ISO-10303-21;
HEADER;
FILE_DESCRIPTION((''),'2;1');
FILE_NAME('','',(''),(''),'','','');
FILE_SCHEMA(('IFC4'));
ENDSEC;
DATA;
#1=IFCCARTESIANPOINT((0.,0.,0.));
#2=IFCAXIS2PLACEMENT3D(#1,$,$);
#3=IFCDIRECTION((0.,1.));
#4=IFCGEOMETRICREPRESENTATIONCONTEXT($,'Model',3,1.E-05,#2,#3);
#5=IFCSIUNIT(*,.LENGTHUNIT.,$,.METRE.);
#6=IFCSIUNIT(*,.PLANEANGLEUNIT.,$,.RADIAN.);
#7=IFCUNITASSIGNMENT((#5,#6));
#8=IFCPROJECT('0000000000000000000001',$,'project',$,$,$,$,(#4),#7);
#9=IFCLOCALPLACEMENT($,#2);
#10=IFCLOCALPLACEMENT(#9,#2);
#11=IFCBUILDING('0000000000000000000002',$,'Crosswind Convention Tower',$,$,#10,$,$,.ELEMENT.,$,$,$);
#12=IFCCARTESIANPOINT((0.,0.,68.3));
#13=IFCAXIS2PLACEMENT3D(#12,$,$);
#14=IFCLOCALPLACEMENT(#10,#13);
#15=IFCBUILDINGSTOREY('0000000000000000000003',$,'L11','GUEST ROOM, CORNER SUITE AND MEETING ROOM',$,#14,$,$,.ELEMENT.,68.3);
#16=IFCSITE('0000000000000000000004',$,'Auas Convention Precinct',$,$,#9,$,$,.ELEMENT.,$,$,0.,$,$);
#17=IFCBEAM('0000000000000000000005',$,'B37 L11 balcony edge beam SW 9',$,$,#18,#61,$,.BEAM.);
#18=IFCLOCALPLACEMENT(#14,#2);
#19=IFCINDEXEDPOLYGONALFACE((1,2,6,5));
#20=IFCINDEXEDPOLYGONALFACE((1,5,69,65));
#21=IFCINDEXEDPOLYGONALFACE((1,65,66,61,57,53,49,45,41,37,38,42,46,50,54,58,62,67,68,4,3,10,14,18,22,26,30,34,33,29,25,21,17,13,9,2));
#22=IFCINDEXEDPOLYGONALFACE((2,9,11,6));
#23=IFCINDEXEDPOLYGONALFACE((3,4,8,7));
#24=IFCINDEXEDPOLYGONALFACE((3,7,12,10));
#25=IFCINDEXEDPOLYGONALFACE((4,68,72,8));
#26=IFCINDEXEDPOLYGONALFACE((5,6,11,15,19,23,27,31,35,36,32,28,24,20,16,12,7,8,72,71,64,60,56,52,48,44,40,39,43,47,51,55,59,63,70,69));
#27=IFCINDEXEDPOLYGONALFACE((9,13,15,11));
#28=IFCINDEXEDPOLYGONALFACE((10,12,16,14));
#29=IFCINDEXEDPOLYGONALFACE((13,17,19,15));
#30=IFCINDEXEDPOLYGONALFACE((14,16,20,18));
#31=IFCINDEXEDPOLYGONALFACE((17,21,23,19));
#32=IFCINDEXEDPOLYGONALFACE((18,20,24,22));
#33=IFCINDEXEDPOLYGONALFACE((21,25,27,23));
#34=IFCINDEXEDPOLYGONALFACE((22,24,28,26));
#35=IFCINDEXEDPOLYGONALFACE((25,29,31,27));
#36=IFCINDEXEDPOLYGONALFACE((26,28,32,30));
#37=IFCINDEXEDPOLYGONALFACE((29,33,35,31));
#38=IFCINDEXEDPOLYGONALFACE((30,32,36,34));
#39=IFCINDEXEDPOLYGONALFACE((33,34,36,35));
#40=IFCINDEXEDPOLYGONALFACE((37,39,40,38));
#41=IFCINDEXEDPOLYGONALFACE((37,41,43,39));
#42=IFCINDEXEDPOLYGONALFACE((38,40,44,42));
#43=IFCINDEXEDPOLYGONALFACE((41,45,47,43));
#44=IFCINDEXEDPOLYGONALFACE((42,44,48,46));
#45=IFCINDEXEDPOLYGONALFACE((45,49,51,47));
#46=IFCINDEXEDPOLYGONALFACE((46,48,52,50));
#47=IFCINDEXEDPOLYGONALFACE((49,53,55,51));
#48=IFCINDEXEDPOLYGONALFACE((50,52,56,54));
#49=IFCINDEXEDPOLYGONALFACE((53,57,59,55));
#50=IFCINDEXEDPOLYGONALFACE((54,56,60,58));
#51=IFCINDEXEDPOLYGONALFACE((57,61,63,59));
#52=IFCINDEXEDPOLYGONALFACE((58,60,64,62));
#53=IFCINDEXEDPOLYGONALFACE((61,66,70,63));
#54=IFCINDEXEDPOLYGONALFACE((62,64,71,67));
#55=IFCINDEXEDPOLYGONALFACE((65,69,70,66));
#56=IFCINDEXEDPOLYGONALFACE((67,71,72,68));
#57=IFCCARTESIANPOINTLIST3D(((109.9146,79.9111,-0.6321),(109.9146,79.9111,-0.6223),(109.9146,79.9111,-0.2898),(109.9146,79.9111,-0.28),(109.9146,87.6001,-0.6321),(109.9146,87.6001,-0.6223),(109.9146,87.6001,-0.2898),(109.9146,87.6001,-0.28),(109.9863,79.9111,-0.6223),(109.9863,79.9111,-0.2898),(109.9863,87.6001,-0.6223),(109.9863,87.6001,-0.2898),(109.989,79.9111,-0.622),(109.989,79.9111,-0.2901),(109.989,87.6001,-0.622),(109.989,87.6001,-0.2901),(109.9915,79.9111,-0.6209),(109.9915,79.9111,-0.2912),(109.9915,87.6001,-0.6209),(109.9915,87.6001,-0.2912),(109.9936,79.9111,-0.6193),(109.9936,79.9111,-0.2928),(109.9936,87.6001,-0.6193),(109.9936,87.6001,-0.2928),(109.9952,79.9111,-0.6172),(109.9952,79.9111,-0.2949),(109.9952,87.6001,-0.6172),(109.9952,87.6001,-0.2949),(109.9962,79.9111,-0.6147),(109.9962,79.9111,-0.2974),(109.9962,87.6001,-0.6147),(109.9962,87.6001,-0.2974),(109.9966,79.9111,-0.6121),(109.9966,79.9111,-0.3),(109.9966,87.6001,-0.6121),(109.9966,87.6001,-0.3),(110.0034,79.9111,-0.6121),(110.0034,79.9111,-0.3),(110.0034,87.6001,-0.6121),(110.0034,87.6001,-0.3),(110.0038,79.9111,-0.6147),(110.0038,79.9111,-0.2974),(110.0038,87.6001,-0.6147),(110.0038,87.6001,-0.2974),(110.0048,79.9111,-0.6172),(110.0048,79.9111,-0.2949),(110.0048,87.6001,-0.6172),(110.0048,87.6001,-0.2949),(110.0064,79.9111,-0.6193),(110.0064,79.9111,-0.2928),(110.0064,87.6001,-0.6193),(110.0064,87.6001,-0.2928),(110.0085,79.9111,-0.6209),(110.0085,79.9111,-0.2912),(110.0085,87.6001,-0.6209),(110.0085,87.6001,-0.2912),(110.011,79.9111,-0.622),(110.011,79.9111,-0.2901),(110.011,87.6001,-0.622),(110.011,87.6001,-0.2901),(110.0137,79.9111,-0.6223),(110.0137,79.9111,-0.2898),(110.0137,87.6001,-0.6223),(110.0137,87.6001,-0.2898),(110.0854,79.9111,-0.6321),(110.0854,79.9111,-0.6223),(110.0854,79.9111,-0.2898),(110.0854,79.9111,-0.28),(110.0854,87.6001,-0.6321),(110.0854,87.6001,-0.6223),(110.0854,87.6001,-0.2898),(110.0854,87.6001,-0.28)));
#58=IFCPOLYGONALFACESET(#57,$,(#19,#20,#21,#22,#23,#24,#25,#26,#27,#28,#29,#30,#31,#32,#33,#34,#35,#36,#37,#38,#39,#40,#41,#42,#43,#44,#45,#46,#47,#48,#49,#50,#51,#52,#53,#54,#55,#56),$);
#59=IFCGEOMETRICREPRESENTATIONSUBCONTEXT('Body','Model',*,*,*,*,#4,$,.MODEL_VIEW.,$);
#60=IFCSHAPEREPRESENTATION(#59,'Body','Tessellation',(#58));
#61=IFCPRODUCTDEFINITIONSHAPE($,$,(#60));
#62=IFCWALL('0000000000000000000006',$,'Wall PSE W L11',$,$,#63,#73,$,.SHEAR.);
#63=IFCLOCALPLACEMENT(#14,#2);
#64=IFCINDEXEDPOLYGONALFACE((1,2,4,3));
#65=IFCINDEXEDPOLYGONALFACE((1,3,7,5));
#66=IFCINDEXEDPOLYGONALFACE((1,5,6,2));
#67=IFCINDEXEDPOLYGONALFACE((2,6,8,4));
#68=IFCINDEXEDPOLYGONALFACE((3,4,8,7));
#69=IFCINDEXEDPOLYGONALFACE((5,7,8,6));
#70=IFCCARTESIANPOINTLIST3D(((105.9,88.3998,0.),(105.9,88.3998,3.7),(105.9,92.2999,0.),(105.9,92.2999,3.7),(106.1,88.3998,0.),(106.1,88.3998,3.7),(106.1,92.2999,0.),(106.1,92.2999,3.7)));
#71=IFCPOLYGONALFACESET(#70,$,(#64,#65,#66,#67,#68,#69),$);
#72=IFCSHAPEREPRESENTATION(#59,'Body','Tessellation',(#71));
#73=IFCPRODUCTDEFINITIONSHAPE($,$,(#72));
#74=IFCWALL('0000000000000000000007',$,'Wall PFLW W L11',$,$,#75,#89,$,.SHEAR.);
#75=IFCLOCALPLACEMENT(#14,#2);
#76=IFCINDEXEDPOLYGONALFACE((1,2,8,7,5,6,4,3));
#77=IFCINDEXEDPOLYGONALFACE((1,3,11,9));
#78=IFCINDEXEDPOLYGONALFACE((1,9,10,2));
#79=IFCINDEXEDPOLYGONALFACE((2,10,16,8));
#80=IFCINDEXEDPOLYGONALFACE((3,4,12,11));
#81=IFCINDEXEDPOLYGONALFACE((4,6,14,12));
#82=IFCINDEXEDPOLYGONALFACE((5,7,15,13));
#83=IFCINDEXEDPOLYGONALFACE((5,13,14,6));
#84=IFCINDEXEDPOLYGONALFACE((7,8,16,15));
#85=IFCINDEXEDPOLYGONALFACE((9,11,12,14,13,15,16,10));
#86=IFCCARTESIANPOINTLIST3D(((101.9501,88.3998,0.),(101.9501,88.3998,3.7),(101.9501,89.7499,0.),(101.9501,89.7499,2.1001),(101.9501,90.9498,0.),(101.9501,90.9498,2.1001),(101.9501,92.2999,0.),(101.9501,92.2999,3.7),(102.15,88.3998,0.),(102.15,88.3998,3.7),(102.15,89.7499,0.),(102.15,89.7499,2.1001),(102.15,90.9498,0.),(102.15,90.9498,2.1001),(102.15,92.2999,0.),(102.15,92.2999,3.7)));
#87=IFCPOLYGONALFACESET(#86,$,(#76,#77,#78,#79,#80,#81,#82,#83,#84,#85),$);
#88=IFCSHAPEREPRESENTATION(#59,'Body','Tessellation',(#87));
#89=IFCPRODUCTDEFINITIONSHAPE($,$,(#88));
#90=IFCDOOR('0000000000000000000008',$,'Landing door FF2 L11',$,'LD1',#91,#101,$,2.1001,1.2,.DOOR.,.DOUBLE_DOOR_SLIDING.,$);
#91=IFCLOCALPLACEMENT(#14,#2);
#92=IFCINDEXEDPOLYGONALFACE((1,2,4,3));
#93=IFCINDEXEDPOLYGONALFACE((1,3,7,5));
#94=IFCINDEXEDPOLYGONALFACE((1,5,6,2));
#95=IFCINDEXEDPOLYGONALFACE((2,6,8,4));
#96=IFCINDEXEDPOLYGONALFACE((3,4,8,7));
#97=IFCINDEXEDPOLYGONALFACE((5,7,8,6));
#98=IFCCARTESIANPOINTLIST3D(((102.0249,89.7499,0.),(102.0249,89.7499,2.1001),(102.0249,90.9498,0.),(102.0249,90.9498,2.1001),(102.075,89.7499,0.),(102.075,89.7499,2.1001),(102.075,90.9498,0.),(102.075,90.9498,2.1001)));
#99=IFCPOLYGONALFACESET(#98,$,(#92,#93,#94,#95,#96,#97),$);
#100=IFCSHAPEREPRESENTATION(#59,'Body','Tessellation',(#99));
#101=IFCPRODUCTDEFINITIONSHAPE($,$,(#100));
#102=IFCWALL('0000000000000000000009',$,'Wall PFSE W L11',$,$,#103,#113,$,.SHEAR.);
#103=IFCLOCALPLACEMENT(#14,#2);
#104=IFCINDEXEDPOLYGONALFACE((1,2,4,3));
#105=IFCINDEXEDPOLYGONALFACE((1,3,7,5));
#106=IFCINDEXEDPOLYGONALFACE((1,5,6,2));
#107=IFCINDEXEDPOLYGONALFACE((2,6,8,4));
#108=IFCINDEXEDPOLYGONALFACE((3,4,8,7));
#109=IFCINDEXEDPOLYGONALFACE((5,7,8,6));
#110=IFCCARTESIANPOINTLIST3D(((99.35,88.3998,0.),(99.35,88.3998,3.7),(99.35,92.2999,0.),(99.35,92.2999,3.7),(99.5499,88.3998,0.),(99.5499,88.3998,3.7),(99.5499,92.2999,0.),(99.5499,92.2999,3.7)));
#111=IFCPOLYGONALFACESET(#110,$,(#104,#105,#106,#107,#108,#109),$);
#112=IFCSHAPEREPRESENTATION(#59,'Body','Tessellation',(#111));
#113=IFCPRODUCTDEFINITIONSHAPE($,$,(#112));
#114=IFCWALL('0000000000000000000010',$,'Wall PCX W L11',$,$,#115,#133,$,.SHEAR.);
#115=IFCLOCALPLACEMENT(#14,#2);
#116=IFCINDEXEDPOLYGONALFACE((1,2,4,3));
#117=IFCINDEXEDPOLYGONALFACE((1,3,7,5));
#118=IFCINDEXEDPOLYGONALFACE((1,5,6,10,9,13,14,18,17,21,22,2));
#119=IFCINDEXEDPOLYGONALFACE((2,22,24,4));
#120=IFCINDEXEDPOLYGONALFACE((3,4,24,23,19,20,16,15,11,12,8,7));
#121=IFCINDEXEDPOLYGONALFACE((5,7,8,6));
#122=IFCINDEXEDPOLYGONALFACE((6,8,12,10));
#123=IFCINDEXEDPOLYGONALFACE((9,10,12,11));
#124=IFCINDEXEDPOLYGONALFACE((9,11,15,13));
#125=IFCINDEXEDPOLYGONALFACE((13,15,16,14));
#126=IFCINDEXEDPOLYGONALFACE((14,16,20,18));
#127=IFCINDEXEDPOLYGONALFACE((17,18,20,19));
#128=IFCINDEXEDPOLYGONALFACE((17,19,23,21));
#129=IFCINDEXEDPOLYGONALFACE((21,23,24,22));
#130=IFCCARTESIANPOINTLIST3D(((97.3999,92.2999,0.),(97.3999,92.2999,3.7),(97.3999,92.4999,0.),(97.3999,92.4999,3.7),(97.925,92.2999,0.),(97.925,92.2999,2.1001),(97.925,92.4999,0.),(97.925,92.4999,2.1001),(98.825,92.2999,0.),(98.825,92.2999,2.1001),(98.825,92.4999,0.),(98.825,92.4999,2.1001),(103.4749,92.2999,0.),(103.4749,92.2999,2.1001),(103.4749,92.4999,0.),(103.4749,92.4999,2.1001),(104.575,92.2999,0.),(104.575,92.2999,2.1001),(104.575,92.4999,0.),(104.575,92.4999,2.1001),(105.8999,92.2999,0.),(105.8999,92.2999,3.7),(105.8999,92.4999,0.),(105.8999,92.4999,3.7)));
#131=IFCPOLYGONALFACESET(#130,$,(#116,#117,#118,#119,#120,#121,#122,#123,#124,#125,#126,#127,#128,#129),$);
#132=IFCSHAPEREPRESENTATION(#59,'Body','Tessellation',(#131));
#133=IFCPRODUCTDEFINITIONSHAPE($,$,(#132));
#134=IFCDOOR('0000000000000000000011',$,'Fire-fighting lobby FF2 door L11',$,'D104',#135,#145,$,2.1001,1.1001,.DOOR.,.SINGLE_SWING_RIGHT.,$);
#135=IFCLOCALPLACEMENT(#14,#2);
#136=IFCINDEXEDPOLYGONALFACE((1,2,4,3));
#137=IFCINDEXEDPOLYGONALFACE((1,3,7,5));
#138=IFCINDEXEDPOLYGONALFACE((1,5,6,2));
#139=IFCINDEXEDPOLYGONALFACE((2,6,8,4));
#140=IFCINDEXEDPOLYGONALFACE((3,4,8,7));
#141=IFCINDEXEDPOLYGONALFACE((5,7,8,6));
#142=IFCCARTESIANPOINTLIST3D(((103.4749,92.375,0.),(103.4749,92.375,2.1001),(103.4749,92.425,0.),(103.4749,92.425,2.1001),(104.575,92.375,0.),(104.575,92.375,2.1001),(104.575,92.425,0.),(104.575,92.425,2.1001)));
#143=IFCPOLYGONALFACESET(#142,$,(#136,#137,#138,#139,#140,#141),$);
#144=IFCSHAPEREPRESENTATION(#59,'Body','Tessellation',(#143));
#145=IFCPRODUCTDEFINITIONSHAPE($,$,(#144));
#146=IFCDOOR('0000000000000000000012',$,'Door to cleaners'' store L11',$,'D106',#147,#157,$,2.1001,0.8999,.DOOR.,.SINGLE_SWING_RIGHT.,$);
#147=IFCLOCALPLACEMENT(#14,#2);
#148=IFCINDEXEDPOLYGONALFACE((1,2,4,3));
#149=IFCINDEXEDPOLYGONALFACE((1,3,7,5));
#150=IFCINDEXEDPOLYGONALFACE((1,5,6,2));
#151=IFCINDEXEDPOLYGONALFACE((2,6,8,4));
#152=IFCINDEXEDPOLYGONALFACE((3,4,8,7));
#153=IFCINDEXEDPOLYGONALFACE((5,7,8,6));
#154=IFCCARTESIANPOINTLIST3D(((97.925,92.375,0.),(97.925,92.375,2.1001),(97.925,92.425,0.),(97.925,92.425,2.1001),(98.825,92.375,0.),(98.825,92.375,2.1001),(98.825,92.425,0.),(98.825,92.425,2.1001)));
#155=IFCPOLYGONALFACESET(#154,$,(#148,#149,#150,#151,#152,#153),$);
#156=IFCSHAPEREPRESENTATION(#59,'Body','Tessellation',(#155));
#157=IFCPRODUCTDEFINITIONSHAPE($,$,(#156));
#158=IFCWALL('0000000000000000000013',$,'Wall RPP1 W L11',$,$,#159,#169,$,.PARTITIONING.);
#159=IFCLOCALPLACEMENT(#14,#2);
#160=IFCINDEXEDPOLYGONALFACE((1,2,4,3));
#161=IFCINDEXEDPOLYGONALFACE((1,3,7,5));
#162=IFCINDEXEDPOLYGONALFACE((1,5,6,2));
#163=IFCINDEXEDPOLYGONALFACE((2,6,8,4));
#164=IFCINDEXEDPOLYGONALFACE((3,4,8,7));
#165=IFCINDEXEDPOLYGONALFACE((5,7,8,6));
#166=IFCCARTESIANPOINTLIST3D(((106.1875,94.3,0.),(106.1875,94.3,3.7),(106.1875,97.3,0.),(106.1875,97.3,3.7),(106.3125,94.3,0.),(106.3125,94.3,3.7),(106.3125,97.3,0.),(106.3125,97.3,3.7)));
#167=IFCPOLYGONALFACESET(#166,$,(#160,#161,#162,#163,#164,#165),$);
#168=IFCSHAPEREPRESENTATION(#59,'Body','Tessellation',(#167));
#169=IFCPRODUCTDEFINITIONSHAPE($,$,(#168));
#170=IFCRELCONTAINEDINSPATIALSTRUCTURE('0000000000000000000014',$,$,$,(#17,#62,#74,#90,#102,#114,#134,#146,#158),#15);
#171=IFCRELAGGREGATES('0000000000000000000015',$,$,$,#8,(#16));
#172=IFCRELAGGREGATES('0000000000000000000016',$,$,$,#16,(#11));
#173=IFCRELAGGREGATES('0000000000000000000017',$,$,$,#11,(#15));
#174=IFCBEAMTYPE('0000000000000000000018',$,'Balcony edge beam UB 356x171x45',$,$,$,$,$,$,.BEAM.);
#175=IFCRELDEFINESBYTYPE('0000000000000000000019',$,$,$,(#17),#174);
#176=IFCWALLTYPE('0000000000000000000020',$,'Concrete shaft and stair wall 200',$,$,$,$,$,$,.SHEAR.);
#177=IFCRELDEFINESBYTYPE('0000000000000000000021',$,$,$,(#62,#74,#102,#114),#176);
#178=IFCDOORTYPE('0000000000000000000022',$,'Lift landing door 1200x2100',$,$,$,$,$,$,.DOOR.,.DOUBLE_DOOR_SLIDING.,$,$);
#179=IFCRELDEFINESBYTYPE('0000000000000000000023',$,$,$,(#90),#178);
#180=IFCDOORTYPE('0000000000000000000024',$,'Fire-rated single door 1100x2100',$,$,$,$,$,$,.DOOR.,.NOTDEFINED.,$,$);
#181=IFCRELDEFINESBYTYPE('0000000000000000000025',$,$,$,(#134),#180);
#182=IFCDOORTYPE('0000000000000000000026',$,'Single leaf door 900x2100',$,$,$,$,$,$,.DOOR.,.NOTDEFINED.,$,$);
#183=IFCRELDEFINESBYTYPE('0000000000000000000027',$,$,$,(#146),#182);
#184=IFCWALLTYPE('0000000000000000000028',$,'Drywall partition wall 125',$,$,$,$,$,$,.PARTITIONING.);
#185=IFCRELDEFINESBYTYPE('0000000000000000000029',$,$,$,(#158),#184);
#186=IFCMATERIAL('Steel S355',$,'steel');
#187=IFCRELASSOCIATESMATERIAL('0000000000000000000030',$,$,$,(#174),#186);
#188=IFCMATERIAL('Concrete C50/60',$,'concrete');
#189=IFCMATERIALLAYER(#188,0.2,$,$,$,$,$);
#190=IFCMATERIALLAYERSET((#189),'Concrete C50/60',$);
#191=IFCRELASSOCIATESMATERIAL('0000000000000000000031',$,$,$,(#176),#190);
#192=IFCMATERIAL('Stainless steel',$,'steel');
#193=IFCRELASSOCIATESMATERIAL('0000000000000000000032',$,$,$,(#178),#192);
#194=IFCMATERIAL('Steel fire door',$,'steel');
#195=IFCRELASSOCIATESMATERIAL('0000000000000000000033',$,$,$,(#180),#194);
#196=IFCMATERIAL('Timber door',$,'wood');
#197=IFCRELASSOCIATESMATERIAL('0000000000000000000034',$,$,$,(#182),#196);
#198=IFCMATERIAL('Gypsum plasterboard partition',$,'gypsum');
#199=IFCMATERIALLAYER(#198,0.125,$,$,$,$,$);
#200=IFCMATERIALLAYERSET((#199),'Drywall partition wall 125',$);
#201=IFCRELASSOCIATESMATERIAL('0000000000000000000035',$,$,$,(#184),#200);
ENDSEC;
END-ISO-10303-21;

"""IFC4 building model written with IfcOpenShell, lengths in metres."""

from ifc_helpers import new_model, si_unit, direction, frame, frame_2d, origin, origin_2d, place, context, subcontext, project, spatial, rectangle, i_section, extrude, material, layer, layer_set, material_profile, profile_set, type_object, element, fill, save


model = new_model("IFC4")

# Units and contexts
model_context = context("Model", 3, precision=1e-05, world=origin(), true_north=direction((0.0, 1.0)))
body_context = subcontext(model_context, "Body", "Model", "MODEL_VIEW")
ifc_project = project(units=[si_unit("LENGTHUNIT", "METRE"), si_unit("PLANEANGLEUNIT", "RADIAN")], contexts=[model_context])

# Site, building, storey
site_placement = place(None, origin())
site = spatial("IfcSite", under=ifc_project, at=site_placement, Name="Auas Convention Precinct", CompositionType="ELEMENT", RefElevation=0.0)
building_placement = place(site_placement, origin())
building = spatial("IfcBuilding", under=site, at=building_placement, Name="Crosswind Convention Tower", CompositionType="ELEMENT")
storey_placement = place(building_placement, frame((0.0, 0.0, 68.3)))
storey = spatial("IfcBuildingStorey", under=building, at=storey_placement, Name="L11", Description="GUEST ROOM, CORNER SUITE AND MEETING ROOM", CompositionType="ELEMENT", Elevation=68.3)

# Beam
ifc_material_1 = material(Name="Steel S355", Category="steel")
ifc_material_profile = material_profile(ifc_material_1, i_section(OverallWidth=0.1709, OverallDepth=0.3521, WebThickness=0.0068, FlangeThickness=0.0098, FilletRadius=0.0103, at=origin_2d()), Name="UB 356x171x45")
ifc_profile_set = profile_set([ifc_material_profile], Name="Steel S355")
beam_type = type_object("IfcBeamType", Name="Balcony edge beam UB 356x171x45", PredefinedType="BEAM", material=ifc_profile_set)
beam_placement = place(storey_placement, frame((110.0, 87.6001, -0.4561), z_axis=(0.0, -1.0, 0.0), x_axis=(1.0, 0.0, 0.0)))
element("IfcBeam", 1, at=beam_placement, inside=storey, type_object=beam_type, Name="B37 L11 balcony edge beam SW 9", PredefinedType="BEAM", context=body_context, shape_type="SweptSolid", body=[
    extrude(i_section(OverallWidth=0.1709, OverallDepth=0.3521, WebThickness=0.0068, FlangeThickness=0.0098, FilletRadius=0.0103, at=origin_2d()), origin(), (0.0, 0.0, 1.0), 7.689),
])

# Wall
ifc_material_2 = material(Name="Concrete C50/60", Category="concrete")
ifc_layer_1 = layer(ifc_material_2, 0.2)
ifc_layer_set_1 = layer_set([ifc_layer_1], Name="Concrete C50/60")
wall_type_1 = type_object("IfcWallType", Name="Concrete shaft and stair wall 200", PredefinedType="SHEAR", material=ifc_layer_set_1)
wall_1_placement = place(storey_placement, frame((106.0, 92.3, 0.0), z_axis=(0.0, 0.0, 1.0), x_axis=(0.0, -1.0, 0.0)))
element("IfcWall", 2, at=wall_1_placement, inside=storey, type_object=wall_type_1, Name="Wall PSE W L11", PredefinedType="SHEAR", context=body_context, shape_type="SweptSolid", body=[
    extrude(rectangle(XDim=3.9001, YDim=0.2, at=frame_2d((1.9502, 0.0))), origin(), (0.0, 0.0, 1.0), 3.7),
])

# Wall, opening, door
wall_2_placement = place(storey_placement, frame((102.05, 92.3, 0.0), z_axis=(0.0, 0.0, 1.0), x_axis=(0.0, -1.0, 0.0)))
wall_2 = element("IfcWall", 3, at=wall_2_placement, inside=storey, type_object=wall_type_1, Name="Wall PFLW W L11", PredefinedType="SHEAR", context=body_context, shape_type="SweptSolid", body=[
    extrude(rectangle(XDim=3.9001, YDim=0.2, at=frame_2d((1.9502, 0.0))), origin(), (0.0, 0.0, 1.0), 3.7),
])
opening_1_placement = place(wall_2_placement, frame((1.3501, 0.0, 0.0)))
opening_1 = element("IfcOpeningElement", 4, at=opening_1_placement, cuts=wall_2, PredefinedType="OPENING", context=body_context, shape_type="SweptSolid", body=[
    extrude(rectangle(XDim=1.2, YDim=2.1001, at=frame_2d((0.6001, 1.05))), frame((0.0, 0.1099, 0.0), z_axis=(0.0, -1.0, 0.0), x_axis=(1.0, 0.0, 0.0)), (0.0, 0.0, 1.0), 0.22),
])
ifc_material_3 = material(Name="Stainless steel", Category="steel")
door_type_1 = type_object("IfcDoorType", Name="Lift landing door 1200x2100", OperationType="DOUBLE_DOOR_SLIDING", PredefinedType="DOOR", material=ifc_material_3)
door_1_placement = place(opening_1_placement, origin())
door_1 = element("IfcDoor", 5, at=door_1_placement, inside=storey, type_object=door_type_1, Name="Landing door FF2 L11", ObjectType="LD1", OperationType="DOUBLE_DOOR_SLIDING", OverallHeight=2.1001, OverallWidth=1.2, PredefinedType="DOOR", context=body_context, shape_type="SweptSolid", body=[
    extrude(rectangle(XDim=1.2, YDim=2.1001, at=frame_2d((0.6001, 1.05))), frame((0.0, 0.0249, 0.0), z_axis=(0.0, -1.0, 0.0), x_axis=(1.0, 0.0, 0.0)), (0.0, 0.0, 1.0), 0.05),
])
fill(opening_1, door_1)

# Wall
wall_3_placement = place(storey_placement, frame((99.45, 92.3, 0.0), z_axis=(0.0, 0.0, 1.0), x_axis=(0.0, -1.0, 0.0)))
element("IfcWall", 6, at=wall_3_placement, inside=storey, type_object=wall_type_1, Name="Wall PFSE W L11", PredefinedType="SHEAR", context=body_context, shape_type="SweptSolid", body=[
    extrude(rectangle(XDim=3.9001, YDim=0.2, at=frame_2d((1.9502, 0.0))), origin(), (0.0, 0.0, 1.0), 3.7),
])

# Wall, openings, doors
wall_4_placement = place(storey_placement, frame((105.8999, 92.3999, 0.0), z_axis=(0.0, 0.0, 1.0), x_axis=(-1.0, 0.0, 0.0)))
wall_4 = element("IfcWall", 7, at=wall_4_placement, inside=storey, type_object=wall_type_1, Name="Wall PCX W L11", PredefinedType="SHEAR", context=body_context, shape_type="SweptSolid", body=[
    extrude(rectangle(XDim=8.5, YDim=0.2, at=frame_2d((4.25, 0.0))), origin(), (0.0, 0.0, 1.0), 3.7),
])
opening_2_placement = place(wall_4_placement, frame((1.325, 0.0, 0.0)))
opening_2 = element("IfcOpeningElement", 8, at=opening_2_placement, cuts=wall_4, PredefinedType="OPENING", context=body_context, shape_type="SweptSolid", body=[
    extrude(rectangle(XDim=1.1001, YDim=2.1001, at=frame_2d((0.55, 1.05))), frame((0.0, 0.1099, 0.0), z_axis=(0.0, -1.0, 0.0), x_axis=(1.0, 0.0, 0.0)), (0.0, 0.0, 1.0), 0.22),
])
opening_3_placement = place(wall_4_placement, frame((7.075, 0.0, 0.0)))
opening_3 = element("IfcOpeningElement", 9, at=opening_3_placement, cuts=wall_4, PredefinedType="OPENING", context=body_context, shape_type="SweptSolid", body=[
    extrude(rectangle(XDim=0.8999, YDim=2.1001, at=frame_2d((0.45, 1.05))), frame((0.0, 0.1099, 0.0), z_axis=(0.0, -1.0, 0.0), x_axis=(1.0, 0.0, 0.0)), (0.0, 0.0, 1.0), 0.22),
])
ifc_material_4 = material(Name="Steel fire door", Category="steel")
door_type_2 = type_object("IfcDoorType", Name="Fire-rated single door 1100x2100", OperationType="NOTDEFINED", PredefinedType="DOOR", material=ifc_material_4)
door_2_placement = place(opening_2_placement, origin())
door_2 = element("IfcDoor", 10, at=door_2_placement, inside=storey, type_object=door_type_2, Name="Fire-fighting lobby FF2 door L11", ObjectType="D104", OperationType="SINGLE_SWING_RIGHT", OverallHeight=2.1001, OverallWidth=1.1001, PredefinedType="DOOR", context=body_context, shape_type="SweptSolid", body=[
    extrude(rectangle(XDim=1.1001, YDim=2.1001, at=frame_2d((0.55, 1.05))), frame((0.0, 0.0249, 0.0), z_axis=(0.0, -1.0, 0.0), x_axis=(1.0, 0.0, 0.0)), (0.0, 0.0, 1.0), 0.05),
])
fill(opening_2, door_2)
ifc_material_5 = material(Name="Timber door", Category="wood")
door_type_3 = type_object("IfcDoorType", Name="Single leaf door 900x2100", OperationType="NOTDEFINED", PredefinedType="DOOR", material=ifc_material_5)
door_3_placement = place(opening_3_placement, origin())
door_3 = element("IfcDoor", 11, at=door_3_placement, inside=storey, type_object=door_type_3, Name="Door to cleaners' store L11", ObjectType="D106", OperationType="SINGLE_SWING_RIGHT", OverallHeight=2.1001, OverallWidth=0.8999, PredefinedType="DOOR", context=body_context, shape_type="SweptSolid", body=[
    extrude(rectangle(XDim=0.8999, YDim=2.1001, at=frame_2d((0.45, 1.05))), frame((0.0, 0.0249, 0.0), z_axis=(0.0, -1.0, 0.0), x_axis=(1.0, 0.0, 0.0)), (0.0, 0.0, 1.0), 0.05),
])
fill(opening_3, door_3)

# Wall
ifc_material_6 = material(Name="Gypsum plasterboard partition", Category="gypsum")
ifc_layer_2 = layer(ifc_material_6, 0.125)
ifc_layer_set_2 = layer_set([ifc_layer_2], Name="Drywall partition wall 125")
wall_type_2 = type_object("IfcWallType", Name="Drywall partition wall 125", PredefinedType="PARTITIONING", material=ifc_layer_set_2)
for number, where, z_axis, x_axis, name in (
    (12, (106.25, 97.3, 0.0), (0.0, 0.0, 1.0), (0.0, -1.0, 0.0), "Wall RPP1 W L11"),
):
    element("IfcWall", number, at=place(storey_placement, frame(where, z_axis=z_axis, x_axis=x_axis)), inside=storey, type_object=wall_type_2, Name=name, PredefinedType="PARTITIONING", context=body_context, shape_type="SweptSolid", body=[
        extrude(rectangle(XDim=3.0, YDim=0.125, at=frame_2d((1.5, 0.0))), origin(), (0.0, 0.0, 1.0), 3.7),
    ])

save(model, "model.ifc")
